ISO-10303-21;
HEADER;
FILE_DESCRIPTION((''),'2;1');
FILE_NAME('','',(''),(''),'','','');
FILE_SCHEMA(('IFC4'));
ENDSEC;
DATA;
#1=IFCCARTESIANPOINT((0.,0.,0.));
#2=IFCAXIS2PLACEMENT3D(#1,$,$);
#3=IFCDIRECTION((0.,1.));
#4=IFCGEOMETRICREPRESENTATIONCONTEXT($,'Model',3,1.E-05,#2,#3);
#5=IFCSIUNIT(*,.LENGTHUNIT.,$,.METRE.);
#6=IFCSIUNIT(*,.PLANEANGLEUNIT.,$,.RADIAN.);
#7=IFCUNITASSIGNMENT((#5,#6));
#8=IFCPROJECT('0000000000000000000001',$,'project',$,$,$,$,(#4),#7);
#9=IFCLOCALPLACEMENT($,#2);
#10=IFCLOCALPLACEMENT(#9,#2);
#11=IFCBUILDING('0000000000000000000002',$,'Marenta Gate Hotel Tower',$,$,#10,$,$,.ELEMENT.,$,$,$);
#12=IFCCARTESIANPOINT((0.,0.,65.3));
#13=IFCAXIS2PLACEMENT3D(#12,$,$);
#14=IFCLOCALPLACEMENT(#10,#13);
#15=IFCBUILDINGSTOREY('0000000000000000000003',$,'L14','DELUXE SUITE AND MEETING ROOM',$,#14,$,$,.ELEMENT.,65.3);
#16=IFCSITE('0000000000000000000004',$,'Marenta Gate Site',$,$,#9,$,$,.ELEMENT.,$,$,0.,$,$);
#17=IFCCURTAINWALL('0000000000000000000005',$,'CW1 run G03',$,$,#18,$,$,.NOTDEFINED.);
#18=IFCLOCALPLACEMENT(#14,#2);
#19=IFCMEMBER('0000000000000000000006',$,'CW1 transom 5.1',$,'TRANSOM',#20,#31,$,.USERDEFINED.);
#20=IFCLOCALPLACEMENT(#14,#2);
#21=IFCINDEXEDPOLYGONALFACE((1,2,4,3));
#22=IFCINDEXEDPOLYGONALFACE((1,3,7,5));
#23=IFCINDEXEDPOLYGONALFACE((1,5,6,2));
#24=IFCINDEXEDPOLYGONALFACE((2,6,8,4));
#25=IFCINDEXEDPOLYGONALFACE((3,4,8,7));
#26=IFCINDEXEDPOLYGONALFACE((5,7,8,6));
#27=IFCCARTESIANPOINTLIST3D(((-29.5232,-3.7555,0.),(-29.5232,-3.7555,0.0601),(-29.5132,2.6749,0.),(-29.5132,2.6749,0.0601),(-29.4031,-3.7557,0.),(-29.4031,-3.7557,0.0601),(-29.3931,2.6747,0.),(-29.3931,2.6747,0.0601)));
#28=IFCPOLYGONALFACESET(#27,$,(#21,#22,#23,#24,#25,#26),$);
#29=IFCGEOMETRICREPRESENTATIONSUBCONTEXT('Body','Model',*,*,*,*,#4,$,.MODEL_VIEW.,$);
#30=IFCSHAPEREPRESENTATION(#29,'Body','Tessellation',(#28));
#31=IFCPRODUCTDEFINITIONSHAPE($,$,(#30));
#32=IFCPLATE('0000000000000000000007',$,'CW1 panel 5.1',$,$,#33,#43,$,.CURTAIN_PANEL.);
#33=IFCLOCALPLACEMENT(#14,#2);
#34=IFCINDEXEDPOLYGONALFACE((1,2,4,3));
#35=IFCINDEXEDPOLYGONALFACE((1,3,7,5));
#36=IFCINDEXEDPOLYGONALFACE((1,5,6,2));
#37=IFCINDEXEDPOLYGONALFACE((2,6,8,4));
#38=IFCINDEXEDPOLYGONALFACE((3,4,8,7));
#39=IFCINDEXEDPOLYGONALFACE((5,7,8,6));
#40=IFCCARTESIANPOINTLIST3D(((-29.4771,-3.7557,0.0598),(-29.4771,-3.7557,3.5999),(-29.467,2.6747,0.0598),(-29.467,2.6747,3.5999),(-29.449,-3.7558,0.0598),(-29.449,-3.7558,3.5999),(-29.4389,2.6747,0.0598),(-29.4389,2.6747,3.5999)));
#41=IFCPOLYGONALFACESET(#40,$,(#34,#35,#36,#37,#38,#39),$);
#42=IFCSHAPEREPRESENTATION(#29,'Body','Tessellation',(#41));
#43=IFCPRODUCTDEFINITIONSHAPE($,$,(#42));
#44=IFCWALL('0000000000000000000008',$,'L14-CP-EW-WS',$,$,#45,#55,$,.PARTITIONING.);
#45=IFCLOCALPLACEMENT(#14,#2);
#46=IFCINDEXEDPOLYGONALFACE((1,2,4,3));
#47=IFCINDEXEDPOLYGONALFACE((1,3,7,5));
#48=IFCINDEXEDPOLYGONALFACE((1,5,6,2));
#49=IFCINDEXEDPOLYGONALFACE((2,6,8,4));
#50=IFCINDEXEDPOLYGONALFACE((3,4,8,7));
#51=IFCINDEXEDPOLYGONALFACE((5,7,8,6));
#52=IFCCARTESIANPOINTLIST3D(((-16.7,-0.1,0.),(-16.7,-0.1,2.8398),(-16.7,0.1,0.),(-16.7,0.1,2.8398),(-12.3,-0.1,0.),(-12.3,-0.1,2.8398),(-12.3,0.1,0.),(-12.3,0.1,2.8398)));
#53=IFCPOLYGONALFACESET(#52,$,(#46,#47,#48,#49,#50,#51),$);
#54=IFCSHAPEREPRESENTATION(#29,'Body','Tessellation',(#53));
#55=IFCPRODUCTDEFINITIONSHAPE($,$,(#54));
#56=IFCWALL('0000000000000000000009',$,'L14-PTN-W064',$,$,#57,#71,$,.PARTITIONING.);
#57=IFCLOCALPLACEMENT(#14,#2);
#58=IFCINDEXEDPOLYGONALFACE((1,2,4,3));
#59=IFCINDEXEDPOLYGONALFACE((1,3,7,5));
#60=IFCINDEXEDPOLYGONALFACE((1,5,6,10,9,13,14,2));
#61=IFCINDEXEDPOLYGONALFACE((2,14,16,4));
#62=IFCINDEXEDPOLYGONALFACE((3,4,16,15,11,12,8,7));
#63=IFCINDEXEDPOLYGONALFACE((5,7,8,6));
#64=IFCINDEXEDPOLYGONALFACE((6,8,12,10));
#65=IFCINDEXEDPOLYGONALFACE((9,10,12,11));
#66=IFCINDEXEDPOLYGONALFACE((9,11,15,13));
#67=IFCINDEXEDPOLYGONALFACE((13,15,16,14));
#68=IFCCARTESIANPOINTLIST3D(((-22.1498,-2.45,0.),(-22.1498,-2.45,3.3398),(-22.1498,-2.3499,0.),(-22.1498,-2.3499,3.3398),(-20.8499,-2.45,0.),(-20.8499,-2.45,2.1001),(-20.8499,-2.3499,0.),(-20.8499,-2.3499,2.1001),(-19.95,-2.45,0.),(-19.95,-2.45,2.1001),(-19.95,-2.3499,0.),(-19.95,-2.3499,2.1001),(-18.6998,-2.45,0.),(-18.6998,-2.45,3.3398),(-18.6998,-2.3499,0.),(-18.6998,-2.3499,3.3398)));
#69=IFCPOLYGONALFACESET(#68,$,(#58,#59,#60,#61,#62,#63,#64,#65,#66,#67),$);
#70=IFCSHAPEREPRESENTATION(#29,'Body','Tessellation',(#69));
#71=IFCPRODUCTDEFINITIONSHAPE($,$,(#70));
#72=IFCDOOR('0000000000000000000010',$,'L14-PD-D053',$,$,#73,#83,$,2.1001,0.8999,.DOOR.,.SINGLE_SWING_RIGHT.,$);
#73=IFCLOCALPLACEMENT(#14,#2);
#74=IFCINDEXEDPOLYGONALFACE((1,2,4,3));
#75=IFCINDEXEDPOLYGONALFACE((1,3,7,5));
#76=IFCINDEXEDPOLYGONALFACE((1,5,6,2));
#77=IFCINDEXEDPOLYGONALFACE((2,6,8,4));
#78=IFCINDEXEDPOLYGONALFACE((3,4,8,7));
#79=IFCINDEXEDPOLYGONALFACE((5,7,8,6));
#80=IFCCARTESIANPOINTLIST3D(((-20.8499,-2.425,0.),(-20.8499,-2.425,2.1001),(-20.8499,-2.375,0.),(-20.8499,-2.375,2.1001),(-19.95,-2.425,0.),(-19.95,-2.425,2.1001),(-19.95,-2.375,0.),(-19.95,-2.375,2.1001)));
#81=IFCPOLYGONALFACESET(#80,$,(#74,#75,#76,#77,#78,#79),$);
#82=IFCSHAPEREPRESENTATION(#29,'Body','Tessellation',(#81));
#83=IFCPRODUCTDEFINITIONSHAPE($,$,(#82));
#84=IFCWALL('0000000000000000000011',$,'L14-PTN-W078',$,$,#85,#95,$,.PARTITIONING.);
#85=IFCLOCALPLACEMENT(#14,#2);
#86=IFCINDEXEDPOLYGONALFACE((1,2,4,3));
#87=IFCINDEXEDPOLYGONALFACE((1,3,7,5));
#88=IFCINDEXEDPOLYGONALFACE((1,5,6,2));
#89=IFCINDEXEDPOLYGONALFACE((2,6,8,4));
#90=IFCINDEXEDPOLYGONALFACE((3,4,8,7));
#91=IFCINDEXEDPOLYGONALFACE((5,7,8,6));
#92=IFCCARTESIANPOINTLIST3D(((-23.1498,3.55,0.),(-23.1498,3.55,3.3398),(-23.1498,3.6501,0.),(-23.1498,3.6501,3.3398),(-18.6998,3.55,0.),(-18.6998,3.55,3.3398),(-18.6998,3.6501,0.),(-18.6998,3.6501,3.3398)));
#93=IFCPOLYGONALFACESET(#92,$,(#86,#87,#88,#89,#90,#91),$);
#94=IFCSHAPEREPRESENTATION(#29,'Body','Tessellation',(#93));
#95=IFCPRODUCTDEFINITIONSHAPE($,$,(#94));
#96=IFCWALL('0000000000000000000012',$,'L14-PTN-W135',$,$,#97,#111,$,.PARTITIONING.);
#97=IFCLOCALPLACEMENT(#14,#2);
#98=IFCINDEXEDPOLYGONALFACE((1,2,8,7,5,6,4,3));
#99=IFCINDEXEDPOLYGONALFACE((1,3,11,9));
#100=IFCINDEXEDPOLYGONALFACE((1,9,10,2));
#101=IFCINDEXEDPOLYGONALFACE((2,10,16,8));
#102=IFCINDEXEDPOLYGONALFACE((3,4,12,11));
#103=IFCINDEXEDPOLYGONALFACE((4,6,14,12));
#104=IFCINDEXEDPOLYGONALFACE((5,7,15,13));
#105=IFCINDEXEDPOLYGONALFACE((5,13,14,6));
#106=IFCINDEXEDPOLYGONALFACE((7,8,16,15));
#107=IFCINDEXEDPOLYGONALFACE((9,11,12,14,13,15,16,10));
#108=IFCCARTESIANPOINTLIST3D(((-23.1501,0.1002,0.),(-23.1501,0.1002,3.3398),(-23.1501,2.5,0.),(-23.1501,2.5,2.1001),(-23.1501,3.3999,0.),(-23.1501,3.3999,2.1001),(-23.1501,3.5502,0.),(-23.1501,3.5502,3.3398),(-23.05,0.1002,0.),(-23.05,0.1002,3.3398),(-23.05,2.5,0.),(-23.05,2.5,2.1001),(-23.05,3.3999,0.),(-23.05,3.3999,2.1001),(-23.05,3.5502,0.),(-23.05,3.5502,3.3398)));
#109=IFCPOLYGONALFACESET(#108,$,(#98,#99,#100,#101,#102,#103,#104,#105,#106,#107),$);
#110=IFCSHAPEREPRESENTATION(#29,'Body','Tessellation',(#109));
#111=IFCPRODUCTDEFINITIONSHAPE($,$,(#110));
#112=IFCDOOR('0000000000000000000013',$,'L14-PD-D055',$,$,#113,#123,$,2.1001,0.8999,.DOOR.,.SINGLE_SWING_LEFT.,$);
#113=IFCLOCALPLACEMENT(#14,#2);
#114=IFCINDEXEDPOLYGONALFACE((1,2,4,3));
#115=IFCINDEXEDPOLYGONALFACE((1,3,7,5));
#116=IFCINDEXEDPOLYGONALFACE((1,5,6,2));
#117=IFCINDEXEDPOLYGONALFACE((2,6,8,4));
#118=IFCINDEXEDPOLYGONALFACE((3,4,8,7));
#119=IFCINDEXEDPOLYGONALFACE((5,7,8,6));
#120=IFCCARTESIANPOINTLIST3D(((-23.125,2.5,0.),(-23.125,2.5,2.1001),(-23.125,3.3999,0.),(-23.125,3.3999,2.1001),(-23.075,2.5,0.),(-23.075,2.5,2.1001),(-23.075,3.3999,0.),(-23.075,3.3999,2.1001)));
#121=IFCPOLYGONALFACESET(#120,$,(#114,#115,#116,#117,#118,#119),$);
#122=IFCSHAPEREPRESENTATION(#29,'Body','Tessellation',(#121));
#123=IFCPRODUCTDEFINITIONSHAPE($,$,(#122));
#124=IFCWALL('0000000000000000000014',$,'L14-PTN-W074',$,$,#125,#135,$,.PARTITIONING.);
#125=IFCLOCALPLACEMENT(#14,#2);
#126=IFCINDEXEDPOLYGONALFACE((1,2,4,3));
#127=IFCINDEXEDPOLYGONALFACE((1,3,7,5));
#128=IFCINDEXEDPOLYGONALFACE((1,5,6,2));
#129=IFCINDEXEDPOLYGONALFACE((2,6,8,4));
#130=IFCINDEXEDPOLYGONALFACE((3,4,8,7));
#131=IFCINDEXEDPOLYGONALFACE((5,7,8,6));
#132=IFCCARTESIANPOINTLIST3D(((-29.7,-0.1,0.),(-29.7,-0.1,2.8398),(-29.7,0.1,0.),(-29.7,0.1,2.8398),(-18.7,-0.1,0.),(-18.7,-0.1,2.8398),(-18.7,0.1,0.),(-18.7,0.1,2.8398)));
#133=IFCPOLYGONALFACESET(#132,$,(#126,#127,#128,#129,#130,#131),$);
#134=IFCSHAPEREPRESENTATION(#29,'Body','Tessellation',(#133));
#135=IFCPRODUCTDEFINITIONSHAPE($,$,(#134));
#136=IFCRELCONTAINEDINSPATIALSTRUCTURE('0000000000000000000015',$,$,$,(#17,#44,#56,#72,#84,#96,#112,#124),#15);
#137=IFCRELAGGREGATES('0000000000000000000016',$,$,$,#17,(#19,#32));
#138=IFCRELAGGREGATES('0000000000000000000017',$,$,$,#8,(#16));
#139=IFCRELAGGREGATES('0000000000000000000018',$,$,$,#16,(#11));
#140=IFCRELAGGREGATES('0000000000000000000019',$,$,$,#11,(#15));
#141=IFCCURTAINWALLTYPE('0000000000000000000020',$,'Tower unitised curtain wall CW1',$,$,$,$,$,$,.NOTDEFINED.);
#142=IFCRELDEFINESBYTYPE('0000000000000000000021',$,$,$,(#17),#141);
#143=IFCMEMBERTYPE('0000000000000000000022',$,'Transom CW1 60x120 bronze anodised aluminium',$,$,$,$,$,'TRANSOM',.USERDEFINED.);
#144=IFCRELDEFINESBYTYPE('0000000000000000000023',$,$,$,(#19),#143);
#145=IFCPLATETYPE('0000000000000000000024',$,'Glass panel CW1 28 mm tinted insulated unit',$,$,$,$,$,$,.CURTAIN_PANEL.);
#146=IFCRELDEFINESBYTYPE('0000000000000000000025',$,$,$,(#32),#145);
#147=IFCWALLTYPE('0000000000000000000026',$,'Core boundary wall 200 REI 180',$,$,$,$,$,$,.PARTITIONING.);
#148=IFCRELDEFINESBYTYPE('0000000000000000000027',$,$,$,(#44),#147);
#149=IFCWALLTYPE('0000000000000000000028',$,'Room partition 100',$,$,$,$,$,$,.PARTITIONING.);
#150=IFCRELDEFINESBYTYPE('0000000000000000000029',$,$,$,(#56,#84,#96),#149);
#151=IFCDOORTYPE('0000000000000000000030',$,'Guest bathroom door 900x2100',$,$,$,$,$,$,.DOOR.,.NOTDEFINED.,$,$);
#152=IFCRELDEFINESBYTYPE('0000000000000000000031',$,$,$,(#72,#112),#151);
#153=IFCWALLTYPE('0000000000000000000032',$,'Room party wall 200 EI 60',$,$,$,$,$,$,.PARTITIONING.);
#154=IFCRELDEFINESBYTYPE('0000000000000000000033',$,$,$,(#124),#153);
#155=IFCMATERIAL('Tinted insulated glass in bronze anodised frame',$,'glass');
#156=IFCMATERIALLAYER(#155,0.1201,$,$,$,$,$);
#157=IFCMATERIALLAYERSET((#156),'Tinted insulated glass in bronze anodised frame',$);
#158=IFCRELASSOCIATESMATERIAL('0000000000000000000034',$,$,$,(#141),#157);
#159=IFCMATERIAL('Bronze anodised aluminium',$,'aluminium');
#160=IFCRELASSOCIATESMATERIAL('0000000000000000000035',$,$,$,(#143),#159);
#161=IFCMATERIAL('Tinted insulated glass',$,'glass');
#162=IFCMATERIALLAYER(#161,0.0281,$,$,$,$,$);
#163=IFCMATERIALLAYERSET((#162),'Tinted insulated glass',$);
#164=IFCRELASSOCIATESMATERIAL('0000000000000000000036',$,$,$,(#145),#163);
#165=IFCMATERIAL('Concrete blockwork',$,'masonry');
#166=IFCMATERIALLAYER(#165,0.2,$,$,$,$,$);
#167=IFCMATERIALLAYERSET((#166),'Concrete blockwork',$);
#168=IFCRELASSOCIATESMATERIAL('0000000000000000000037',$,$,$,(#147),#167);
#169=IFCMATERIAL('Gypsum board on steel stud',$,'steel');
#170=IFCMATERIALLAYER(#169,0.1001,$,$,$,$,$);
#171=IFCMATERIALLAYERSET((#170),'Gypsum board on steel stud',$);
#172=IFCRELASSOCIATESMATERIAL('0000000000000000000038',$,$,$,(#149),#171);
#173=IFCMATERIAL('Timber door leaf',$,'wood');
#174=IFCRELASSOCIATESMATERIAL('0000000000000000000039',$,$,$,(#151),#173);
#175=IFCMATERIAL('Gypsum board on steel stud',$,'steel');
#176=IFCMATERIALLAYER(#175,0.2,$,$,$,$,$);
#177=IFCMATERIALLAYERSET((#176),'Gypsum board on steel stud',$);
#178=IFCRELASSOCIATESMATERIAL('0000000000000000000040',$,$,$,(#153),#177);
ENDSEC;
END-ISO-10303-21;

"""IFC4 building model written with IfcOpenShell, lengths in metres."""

from ifc_helpers import new_model, si_unit, direction, frame, frame_2d, origin, origin_2d, place, context, subcontext, project, spatial, rectangle, extrude, material, layer, layer_set, material_profile, profile_set, type_object, element, fill, aggregate, save


model = new_model("IFC4")

# Units and contexts
model_context = context("Model", 3, precision=1e-05, world=origin(), true_north=direction((0.0, 1.0)))
body_context = subcontext(model_context, "Body", "Model", "MODEL_VIEW")
ifc_project = project(units=[si_unit("LENGTHUNIT", "METRE"), si_unit("PLANEANGLEUNIT", "RADIAN")], contexts=[model_context])

# Site, building, storey
site_placement = place(None, origin())
site = spatial("IfcSite", under=ifc_project, at=site_placement, Name="Marenta Gate Site", CompositionType="ELEMENT", RefElevation=0.0)
building_placement = place(site_placement, origin())
building = spatial("IfcBuilding", under=site, at=building_placement, Name="Marenta Gate Hotel Tower", CompositionType="ELEMENT")
storey_placement = place(building_placement, frame((0.0, 0.0, 65.3)))
storey = spatial("IfcBuildingStorey", under=building, at=storey_placement, Name="L14", Description="DELUXE SUITE AND MEETING ROOM", CompositionType="ELEMENT", Elevation=65.3)

# Curtain wall, member, plate
ifc_material_1 = material(Name="Tinted insulated glass in bronze anodised frame", Category="glass")
ifc_layer_1 = layer(ifc_material_1, 0.1201)
ifc_layer_set_1 = layer_set([ifc_layer_1], Name="Tinted insulated glass in bronze anodised frame")
curtain_wall_type = type_object("IfcCurtainWallType", Name="Tower unitised curtain wall CW1", PredefinedType="NOTDEFINED", material=ifc_layer_set_1)
curtain_wall_placement = place(storey_placement, origin())
curtain_wall = element("IfcCurtainWall", 1, at=curtain_wall_placement, inside=storey, type_object=curtain_wall_type, Name="CW1 run G03", PredefinedType="NOTDEFINED")
ifc_material_2 = material(Name="Bronze anodised aluminium", Category="aluminium")
ifc_material_profile_1 = material_profile(ifc_material_2, rectangle(XDim=0.1201, YDim=0.0601, at=origin_2d()), Name="Transom CW1 60x120 bronze anodised aluminium")
ifc_profile_set_1 = profile_set([ifc_material_profile_1], Name="Bronze anodised aluminium")
member_type_1 = type_object("IfcMemberType", Name="Transom CW1 60x120 bronze anodised aluminium", ElementType="TRANSOM", PredefinedType="USERDEFINED", material=ifc_profile_set_1)
member_1_placement = place(storey_placement, frame((-29.4531, 2.6748, 0.03), z_axis=(-0.001557, -0.999999, 0.0), x_axis=(0.999999, -0.001557, 0.0)))
member_1 = element("IfcMember", 2, at=member_1_placement, type_object=member_type_1, Name="CW1 transom 5.1", ObjectType="TRANSOM", PredefinedType="USERDEFINED", context=body_context, shape_type="SweptSolid", body=[
    extrude(rectangle(XDim=0.1201, YDim=0.0601, at=origin_2d()), origin(), (0.0, 0.0, 1.0), 6.4304),
])
ifc_material_3 = material(Name="Tinted insulated glass", Category="glass")
ifc_layer_2 = layer(ifc_material_3, 0.0281)
ifc_layer_set_2 = layer_set([ifc_layer_2], Name="Tinted insulated glass")
plate_type = type_object("IfcPlateType", Name="Glass panel CW1 28 mm tinted insulated unit", PredefinedType="CURTAIN_PANEL", material=ifc_layer_set_2)
plate_placement = place(storey_placement, frame((-29.458, -0.5405, 0.0598), z_axis=(0.0, 0.0, 1.0), x_axis=(-0.001566, -0.999999, 0.0)))
plate = element("IfcPlate", 3, at=plate_placement, type_object=plate_type, Name="CW1 panel 5.1", PredefinedType="CURTAIN_PANEL", context=body_context, shape_type="SweptSolid", body=[
    extrude(rectangle(XDim=6.4304, YDim=0.0281, at=origin_2d()), origin(), (0.0, 0.0, 1.0), 3.54),
])
aggregate(curtain_wall, [member_1, plate])

# Shared definitions
ifc_material_4 = material(Name="Concrete blockwork", Category="masonry")
ifc_layer_3 = layer(ifc_material_4, 0.2)
ifc_layer_set_3 = layer_set([ifc_layer_3], Name="Concrete blockwork")
wall_type_1 = type_object("IfcWallType", Name="Core boundary wall 200 REI 180", PredefinedType="PARTITIONING", material=ifc_layer_set_3)

# Wall
wall_1_placement = place(storey_placement, frame((-16.7, 0.0, 0.0), z_axis=(0.0, 0.0, 1.0), x_axis=(1.0, 0.0, 0.0)))
element("IfcWall", 4, at=wall_1_placement, inside=storey, type_object=wall_type_1, Name="L14-CP-EW-WS", PredefinedType="PARTITIONING", context=body_context, shape_type="SweptSolid", body=[
    extrude(rectangle(XDim=4.3999, YDim=0.2, at=frame_2d((2.2, 0.0))), origin(), (0.0, 0.0, 1.0), 2.8398),
])

# Wall, opening, door
ifc_material_5 = material(Name="Gypsum board on steel stud", Category="steel")
ifc_layer_4 = layer(ifc_material_5, 0.1001)
ifc_layer_set_4 = layer_set([ifc_layer_4], Name="Gypsum board on steel stud")
wall_type_2 = type_object("IfcWallType", Name="Room partition 100", PredefinedType="PARTITIONING", material=ifc_layer_set_4)
wall_2_placement = place(storey_placement, frame((-22.1499, -2.3999, 0.0), z_axis=(0.0, 0.0, 1.0), x_axis=(1.0, 0.0, 0.0)))
wall_2 = element("IfcWall", 5, at=wall_2_placement, inside=storey, type_object=wall_type_2, Name="L14-PTN-W064", PredefinedType="PARTITIONING", context=body_context, shape_type="SweptSolid", body=[
    extrude(rectangle(XDim=3.45, YDim=0.1001, at=frame_2d((1.7251, 0.0))), origin(), (0.0, 0.0, 1.0), 3.3398),
])
opening_1_placement = place(wall_2_placement, frame((1.3, 0.0, 0.0)))
opening_1 = element("IfcOpeningElement", 6, at=opening_1_placement, cuts=wall_2, PredefinedType="OPENING", context=body_context, shape_type="SweptSolid", body=[
    extrude(rectangle(XDim=0.8999, YDim=2.1001, at=frame_2d((0.45, 1.05))), frame((0.0, 0.05, 0.0), z_axis=(0.0, -1.0, 0.0), x_axis=(1.0, 0.0, 0.0)), (0.0, 0.0, 1.0), 0.1001),
])
ifc_material_6 = material(Name="Timber door leaf", Category="wood")
door_type_1 = type_object("IfcDoorType", Name="Guest bathroom door 900x2100", OperationType="NOTDEFINED", PredefinedType="DOOR", material=ifc_material_6)
door_1_placement = place(opening_1_placement, origin())
door_1 = element("IfcDoor", 7, at=door_1_placement, inside=storey, type_object=door_type_1, Name="L14-PD-D053", OperationType="SINGLE_SWING_RIGHT", OverallHeight=2.1001, OverallWidth=0.8999, PredefinedType="DOOR", context=body_context, shape_type="SweptSolid", body=[
    extrude(rectangle(XDim=0.8999, YDim=2.1001, at=frame_2d((0.45, 1.05))), frame((0.0, 0.0249, 0.0), z_axis=(0.0, -1.0, 0.0), x_axis=(1.0, 0.0, 0.0)), (0.0, 0.0, 1.0), 0.05),
])
fill(opening_1, door_1)

# Wall
wall_3_placement = place(storey_placement, frame((-23.1499, 3.6001, 0.0), z_axis=(0.0, 0.0, 1.0), x_axis=(1.0, 0.0, 0.0)))
element("IfcWall", 8, at=wall_3_placement, inside=storey, type_object=wall_type_2, Name="L14-PTN-W078", PredefinedType="PARTITIONING", context=body_context, shape_type="SweptSolid", body=[
    extrude(rectangle(XDim=4.45, YDim=0.1001, at=frame_2d((2.2251, 0.0))), origin(), (0.0, 0.0, 1.0), 3.3398),
])

# Wall, opening, door
wall_4_placement = place(storey_placement, frame((-23.1001, 0.1001, 0.0), z_axis=(0.0, 0.0, 1.0), x_axis=(0.0, 1.0, 0.0)))
wall_4 = element("IfcWall", 9, at=wall_4_placement, inside=storey, type_object=wall_type_2, Name="L14-PTN-W135", PredefinedType="PARTITIONING", context=body_context, shape_type="SweptSolid", body=[
    extrude(rectangle(XDim=3.45, YDim=0.1001, at=frame_2d((1.7251, 0.0))), origin(), (0.0, 0.0, 1.0), 3.3398),
])
opening_2_placement = place(wall_4_placement, frame((2.3999, 0.0, 0.0)))
opening_2 = element("IfcOpeningElement", 10, at=opening_2_placement, cuts=wall_4, PredefinedType="OPENING", context=body_context, shape_type="SweptSolid", body=[
    extrude(rectangle(XDim=0.8999, YDim=2.1001, at=frame_2d((0.45, 1.05))), frame((0.0, 0.05, 0.0), z_axis=(0.0, -1.0, 0.0), x_axis=(1.0, 0.0, 0.0)), (0.0, 0.0, 1.0), 0.1001),
])
door_2_placement = place(opening_2_placement, origin())
door_2 = element("IfcDoor", 11, at=door_2_placement, inside=storey, type_object=door_type_1, Name="L14-PD-D055", OperationType="SINGLE_SWING_LEFT", OverallHeight=2.1001, OverallWidth=0.8999, PredefinedType="DOOR", context=body_context, shape_type="SweptSolid", body=[
    extrude(rectangle(XDim=0.8999, YDim=2.1001, at=frame_2d((0.45, 1.05))), frame((0.0, 0.0249, 0.0), z_axis=(0.0, -1.0, 0.0), x_axis=(1.0, 0.0, 0.0)), (0.0, 0.0, 1.0), 0.05),
])
fill(opening_2, door_2)

# Wall
ifc_material_7 = material(Name="Gypsum board on steel stud", Category="steel")
ifc_layer_5 = layer(ifc_material_7, 0.2)
ifc_layer_set_5 = layer_set([ifc_layer_5], Name="Gypsum board on steel stud")
wall_type_3 = type_object("IfcWallType", Name="Room party wall 200 EI 60", PredefinedType="PARTITIONING", material=ifc_layer_set_5)
wall_5_placement = place(storey_placement, frame((-29.7, 0.0, 0.0), z_axis=(0.0, 0.0, 1.0), x_axis=(1.0, 0.0, 0.0)))
element("IfcWall", 12, at=wall_5_placement, inside=storey, type_object=wall_type_3, Name="L14-PTN-W074", PredefinedType="PARTITIONING", context=body_context, shape_type="SweptSolid", body=[
    extrude(rectangle(XDim=11.0, YDim=0.2, at=frame_2d((5.5, 0.0))), origin(), (0.0, 0.0, 1.0), 2.8398),
])

save(model, "model.ifc")
